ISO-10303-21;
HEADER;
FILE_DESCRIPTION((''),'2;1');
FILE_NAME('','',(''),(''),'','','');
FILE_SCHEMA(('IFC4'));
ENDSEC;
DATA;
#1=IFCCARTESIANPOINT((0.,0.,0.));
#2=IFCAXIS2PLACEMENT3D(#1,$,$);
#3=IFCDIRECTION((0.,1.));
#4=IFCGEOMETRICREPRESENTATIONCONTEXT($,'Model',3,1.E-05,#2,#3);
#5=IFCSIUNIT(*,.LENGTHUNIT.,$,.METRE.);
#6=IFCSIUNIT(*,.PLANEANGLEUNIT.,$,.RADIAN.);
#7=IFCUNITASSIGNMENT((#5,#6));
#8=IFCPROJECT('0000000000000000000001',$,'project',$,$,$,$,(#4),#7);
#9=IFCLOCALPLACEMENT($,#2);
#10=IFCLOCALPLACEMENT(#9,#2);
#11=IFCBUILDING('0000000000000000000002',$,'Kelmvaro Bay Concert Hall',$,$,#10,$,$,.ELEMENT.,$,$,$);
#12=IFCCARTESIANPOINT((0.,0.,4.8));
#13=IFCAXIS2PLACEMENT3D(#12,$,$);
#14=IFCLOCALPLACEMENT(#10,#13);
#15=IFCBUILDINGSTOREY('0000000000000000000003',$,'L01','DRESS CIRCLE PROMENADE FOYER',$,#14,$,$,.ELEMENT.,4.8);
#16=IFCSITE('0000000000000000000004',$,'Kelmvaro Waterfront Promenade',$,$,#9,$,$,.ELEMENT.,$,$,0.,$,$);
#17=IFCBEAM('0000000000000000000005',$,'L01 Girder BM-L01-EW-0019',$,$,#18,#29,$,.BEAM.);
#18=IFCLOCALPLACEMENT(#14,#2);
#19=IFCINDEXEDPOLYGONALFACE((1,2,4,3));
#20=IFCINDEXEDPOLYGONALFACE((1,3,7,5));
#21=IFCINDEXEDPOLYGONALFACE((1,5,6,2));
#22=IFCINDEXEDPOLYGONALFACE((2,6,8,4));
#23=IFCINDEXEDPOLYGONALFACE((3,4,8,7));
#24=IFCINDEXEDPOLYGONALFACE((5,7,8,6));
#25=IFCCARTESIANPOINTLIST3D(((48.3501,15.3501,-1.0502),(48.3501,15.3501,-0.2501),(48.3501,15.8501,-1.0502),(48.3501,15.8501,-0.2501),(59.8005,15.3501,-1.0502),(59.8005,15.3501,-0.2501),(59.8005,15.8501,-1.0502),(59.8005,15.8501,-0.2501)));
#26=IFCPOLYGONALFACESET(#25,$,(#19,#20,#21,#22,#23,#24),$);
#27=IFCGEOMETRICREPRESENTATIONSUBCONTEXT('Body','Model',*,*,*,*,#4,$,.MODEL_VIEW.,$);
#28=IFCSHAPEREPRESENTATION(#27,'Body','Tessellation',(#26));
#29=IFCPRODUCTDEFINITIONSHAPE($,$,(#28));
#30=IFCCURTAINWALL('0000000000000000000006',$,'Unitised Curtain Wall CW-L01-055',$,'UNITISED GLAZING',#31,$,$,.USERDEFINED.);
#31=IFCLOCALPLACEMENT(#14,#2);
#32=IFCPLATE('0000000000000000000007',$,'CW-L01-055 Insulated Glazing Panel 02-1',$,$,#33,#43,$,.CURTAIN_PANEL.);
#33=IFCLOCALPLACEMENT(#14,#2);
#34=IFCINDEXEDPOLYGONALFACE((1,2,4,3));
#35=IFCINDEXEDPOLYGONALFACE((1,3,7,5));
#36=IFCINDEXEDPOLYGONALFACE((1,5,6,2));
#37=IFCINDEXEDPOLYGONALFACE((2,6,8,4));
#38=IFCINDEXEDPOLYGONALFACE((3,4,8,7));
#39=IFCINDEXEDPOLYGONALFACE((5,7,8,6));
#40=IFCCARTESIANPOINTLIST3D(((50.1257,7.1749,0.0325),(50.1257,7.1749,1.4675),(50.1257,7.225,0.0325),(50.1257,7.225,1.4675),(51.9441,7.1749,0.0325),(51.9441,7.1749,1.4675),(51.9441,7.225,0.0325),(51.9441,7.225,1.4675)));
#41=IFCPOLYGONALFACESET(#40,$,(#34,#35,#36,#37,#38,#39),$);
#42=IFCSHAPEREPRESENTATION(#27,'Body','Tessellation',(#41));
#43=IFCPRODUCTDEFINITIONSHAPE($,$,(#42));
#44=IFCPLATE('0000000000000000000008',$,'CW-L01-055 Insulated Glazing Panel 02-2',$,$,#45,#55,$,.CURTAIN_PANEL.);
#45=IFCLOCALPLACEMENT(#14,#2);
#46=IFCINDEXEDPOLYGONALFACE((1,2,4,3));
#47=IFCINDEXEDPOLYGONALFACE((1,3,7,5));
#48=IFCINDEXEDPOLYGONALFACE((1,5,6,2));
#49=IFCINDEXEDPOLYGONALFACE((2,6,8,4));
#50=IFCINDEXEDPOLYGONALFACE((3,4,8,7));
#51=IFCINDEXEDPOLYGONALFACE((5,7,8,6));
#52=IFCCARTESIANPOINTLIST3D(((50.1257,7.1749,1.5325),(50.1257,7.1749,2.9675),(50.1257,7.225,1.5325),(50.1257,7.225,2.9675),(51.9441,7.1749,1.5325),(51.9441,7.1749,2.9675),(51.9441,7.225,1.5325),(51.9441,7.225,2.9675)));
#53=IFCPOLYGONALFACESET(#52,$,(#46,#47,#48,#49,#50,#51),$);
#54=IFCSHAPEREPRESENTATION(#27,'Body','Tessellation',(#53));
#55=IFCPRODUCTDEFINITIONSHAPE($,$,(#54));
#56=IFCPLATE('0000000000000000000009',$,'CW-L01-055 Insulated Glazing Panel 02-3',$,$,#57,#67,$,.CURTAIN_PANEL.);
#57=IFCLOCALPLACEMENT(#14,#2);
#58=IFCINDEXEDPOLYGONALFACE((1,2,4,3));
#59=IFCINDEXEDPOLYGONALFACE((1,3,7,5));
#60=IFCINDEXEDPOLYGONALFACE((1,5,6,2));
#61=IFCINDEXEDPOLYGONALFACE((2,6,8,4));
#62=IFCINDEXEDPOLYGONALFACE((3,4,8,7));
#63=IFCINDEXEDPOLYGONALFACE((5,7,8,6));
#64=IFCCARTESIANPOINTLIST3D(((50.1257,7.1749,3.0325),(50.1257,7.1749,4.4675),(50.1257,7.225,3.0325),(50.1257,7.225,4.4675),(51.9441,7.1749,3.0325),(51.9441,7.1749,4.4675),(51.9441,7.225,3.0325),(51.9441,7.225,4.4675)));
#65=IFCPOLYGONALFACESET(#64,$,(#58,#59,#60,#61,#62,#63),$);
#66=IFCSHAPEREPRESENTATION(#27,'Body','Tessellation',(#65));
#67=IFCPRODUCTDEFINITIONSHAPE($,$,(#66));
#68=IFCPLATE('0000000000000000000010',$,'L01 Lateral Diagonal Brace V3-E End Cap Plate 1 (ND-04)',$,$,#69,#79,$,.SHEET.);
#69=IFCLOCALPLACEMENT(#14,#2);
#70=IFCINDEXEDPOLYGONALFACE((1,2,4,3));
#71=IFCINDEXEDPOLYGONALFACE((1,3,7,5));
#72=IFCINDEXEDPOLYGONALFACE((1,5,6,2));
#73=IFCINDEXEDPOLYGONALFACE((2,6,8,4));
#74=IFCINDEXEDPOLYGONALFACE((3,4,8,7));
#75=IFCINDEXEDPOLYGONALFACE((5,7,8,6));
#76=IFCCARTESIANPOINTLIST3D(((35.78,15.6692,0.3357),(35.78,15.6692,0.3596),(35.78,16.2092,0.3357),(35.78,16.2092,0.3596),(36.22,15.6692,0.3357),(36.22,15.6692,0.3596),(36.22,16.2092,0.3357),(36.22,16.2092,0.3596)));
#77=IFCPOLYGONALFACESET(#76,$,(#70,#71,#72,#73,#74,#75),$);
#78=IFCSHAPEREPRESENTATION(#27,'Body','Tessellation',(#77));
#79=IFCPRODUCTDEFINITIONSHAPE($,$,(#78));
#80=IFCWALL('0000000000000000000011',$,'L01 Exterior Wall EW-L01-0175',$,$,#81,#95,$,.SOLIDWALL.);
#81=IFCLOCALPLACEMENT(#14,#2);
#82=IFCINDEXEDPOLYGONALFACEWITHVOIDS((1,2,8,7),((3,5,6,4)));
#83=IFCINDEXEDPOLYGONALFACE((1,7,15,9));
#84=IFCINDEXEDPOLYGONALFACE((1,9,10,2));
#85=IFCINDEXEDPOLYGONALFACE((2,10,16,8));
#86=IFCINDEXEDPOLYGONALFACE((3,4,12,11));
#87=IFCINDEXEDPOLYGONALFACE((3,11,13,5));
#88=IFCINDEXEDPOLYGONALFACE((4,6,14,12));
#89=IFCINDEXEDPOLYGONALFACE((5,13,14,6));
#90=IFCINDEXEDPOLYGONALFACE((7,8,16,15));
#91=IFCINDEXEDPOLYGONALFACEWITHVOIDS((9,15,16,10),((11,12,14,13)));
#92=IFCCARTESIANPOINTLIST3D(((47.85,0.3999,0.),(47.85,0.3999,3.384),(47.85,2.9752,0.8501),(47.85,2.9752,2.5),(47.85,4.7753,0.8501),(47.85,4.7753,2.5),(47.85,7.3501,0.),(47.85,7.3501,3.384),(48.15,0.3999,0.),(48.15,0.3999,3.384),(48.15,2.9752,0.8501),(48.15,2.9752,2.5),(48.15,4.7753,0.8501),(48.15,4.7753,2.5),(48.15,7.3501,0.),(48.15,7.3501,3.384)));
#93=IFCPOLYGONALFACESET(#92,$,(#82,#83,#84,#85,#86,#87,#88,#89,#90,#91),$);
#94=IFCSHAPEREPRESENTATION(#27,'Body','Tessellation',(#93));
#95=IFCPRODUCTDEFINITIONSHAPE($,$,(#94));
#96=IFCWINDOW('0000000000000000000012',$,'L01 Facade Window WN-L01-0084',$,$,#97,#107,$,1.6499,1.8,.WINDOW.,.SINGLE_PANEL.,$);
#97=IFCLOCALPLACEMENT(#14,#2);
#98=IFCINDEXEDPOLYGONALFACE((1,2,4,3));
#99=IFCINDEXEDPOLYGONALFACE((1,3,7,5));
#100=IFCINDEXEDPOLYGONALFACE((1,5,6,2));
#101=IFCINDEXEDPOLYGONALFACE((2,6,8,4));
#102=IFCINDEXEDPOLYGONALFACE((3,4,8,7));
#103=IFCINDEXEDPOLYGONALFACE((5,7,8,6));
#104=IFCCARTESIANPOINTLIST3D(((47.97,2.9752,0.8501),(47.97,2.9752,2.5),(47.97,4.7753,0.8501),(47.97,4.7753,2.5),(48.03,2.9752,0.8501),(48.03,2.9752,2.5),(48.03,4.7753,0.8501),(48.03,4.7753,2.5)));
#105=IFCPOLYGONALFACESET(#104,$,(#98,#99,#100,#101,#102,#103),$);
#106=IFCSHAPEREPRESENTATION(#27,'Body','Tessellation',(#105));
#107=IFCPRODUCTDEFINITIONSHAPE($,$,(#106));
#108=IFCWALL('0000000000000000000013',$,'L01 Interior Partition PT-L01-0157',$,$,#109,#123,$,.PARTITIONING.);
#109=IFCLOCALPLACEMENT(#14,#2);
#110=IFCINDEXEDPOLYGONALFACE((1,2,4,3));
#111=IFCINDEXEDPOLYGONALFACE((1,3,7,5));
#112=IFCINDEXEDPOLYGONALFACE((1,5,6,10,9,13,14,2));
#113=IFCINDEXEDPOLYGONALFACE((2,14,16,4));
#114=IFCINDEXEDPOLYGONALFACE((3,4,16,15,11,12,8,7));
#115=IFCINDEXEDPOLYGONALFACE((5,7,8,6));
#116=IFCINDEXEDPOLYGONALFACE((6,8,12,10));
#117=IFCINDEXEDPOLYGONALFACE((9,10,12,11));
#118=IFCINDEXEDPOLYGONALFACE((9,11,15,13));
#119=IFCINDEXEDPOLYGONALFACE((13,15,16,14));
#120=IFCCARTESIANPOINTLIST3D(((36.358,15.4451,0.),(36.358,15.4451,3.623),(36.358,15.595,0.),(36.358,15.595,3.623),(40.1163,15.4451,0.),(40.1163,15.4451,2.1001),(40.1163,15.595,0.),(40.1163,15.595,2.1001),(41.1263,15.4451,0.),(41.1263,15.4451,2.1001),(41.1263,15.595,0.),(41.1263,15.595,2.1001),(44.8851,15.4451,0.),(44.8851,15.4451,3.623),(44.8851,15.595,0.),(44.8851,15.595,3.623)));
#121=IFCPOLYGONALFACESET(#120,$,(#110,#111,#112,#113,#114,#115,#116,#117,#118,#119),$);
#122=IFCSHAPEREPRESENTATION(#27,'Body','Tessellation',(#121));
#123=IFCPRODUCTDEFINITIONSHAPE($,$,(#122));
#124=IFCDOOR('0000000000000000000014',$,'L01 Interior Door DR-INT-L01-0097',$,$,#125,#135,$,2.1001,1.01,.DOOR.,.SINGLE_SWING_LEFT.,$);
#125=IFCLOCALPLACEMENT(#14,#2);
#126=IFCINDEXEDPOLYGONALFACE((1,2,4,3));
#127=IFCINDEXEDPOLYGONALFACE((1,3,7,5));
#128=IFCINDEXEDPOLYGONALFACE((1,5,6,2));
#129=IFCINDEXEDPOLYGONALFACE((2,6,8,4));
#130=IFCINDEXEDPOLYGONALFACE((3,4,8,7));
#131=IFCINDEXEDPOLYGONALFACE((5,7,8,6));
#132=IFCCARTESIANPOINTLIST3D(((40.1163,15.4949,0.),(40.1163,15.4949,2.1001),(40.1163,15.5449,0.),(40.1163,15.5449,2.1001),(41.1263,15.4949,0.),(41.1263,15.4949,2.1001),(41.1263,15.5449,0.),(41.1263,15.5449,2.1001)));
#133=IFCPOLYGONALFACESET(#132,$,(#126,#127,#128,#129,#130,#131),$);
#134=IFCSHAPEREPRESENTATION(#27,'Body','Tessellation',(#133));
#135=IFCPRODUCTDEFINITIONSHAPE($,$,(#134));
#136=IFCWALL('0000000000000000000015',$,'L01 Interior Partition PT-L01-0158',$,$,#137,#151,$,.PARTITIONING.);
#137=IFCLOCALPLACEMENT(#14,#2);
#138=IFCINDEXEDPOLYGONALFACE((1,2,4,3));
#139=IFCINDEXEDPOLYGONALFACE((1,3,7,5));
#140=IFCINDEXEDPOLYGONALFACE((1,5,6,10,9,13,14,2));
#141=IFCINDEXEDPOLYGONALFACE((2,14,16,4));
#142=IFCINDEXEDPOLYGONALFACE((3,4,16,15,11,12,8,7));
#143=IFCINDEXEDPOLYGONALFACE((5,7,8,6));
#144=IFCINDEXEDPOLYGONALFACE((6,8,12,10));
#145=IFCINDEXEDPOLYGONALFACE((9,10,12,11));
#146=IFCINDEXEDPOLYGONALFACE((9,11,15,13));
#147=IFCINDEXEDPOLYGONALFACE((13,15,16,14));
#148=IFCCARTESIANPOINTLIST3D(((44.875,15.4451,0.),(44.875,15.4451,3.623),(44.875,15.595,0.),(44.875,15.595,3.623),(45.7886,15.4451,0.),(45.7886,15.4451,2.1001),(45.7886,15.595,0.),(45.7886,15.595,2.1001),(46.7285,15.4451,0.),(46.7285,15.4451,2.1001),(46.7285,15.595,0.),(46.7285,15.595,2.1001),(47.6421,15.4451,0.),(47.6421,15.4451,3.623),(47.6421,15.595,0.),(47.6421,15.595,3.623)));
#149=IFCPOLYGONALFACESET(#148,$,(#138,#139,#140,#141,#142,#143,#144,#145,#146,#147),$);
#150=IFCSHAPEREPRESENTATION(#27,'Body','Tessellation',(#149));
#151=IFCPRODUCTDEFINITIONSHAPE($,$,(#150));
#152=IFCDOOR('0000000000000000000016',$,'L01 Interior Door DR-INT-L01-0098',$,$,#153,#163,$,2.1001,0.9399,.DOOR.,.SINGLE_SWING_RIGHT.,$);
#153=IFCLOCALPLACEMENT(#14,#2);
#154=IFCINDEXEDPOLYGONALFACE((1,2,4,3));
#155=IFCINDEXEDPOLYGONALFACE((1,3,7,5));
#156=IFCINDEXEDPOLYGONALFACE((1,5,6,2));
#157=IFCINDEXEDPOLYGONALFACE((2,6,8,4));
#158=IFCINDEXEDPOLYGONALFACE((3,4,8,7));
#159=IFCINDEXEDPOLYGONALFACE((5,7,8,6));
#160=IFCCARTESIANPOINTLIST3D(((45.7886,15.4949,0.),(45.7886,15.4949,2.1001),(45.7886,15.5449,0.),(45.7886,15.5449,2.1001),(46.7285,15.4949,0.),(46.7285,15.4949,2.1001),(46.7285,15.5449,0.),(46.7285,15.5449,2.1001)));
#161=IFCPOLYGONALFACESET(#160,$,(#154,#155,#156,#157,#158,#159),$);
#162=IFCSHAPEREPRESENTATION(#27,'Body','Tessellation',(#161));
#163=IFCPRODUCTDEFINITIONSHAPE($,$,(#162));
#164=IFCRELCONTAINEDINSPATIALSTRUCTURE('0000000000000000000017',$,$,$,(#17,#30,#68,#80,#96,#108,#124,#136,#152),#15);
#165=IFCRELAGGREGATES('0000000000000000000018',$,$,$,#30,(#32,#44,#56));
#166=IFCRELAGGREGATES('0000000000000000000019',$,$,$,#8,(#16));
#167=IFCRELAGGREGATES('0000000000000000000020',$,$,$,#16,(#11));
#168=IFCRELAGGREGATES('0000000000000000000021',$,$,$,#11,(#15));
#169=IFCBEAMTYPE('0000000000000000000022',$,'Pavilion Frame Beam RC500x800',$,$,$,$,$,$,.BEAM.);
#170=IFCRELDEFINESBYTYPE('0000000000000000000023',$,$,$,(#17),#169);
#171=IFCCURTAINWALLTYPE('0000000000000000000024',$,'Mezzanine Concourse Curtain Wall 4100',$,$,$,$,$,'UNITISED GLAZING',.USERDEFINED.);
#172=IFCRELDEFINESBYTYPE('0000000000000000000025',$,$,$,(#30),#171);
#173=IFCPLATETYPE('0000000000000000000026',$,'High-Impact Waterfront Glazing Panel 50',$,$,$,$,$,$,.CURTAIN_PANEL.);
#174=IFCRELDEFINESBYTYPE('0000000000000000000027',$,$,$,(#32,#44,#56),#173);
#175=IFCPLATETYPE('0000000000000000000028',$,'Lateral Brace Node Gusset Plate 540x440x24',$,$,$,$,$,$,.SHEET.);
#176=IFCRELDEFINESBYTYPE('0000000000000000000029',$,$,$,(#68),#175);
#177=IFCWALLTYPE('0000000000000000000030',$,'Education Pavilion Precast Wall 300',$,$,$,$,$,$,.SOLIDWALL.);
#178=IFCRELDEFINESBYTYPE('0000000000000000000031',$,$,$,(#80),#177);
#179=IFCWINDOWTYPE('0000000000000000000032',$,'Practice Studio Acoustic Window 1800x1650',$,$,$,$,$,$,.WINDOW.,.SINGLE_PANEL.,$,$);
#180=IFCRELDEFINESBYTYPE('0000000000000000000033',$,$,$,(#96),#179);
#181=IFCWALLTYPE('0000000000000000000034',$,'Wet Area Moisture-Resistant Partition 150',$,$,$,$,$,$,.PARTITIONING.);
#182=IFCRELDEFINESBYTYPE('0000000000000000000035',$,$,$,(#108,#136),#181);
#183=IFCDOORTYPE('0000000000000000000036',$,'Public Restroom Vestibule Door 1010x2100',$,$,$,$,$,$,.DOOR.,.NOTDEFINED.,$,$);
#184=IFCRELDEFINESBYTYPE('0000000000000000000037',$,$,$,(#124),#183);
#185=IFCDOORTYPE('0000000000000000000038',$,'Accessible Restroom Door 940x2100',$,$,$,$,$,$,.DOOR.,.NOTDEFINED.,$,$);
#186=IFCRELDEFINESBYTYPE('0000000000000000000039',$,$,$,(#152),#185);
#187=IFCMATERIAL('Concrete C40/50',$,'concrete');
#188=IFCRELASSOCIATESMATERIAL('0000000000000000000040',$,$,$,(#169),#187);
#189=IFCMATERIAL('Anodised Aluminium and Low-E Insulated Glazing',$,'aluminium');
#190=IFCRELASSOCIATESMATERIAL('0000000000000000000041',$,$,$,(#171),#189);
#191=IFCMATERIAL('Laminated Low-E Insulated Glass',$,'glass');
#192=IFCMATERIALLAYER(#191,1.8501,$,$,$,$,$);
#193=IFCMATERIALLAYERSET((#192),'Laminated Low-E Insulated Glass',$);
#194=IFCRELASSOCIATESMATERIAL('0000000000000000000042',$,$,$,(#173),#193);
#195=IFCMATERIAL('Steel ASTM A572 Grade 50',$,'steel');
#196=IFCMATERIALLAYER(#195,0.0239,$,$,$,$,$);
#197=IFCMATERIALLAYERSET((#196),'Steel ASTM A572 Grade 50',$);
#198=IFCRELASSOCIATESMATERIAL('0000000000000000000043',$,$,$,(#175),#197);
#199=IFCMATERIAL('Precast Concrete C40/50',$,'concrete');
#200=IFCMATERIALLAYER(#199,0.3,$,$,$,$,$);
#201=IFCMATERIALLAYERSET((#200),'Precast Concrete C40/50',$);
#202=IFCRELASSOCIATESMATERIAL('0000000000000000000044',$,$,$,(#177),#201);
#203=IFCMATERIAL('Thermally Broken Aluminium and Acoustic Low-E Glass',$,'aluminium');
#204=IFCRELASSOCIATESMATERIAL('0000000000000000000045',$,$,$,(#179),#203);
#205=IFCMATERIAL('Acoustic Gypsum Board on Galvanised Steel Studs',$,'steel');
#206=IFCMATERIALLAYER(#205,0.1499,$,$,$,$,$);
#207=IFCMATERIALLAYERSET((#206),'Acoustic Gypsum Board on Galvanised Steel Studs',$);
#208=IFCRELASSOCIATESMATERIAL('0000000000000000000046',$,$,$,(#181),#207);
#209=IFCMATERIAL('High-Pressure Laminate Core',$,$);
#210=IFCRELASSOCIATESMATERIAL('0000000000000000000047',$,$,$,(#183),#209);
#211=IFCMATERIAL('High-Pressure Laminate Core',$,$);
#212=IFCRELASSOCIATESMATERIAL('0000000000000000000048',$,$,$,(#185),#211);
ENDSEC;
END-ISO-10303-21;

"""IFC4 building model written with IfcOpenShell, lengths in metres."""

from ifc_helpers import new_model, si_unit, direction, frame, frame_2d, origin, origin_2d, place, context, subcontext, project, spatial, rectangle, extrude, material, layer, layer_set, material_profile, profile_set, type_object, element, fill, aggregate, save


model = new_model("IFC4")

# Units and contexts
model_context = context("Model", 3, precision=1e-05, world=origin(), true_north=direction((0.0, 1.0)))
body_context = subcontext(model_context, "Body", "Model", "MODEL_VIEW")
ifc_project = project(units=[si_unit("LENGTHUNIT", "METRE"), si_unit("PLANEANGLEUNIT", "RADIAN")], contexts=[model_context])

# Site, building, storey
site_placement = place(None, origin())
site = spatial("IfcSite", under=ifc_project, at=site_placement, Name="Kelmvaro Waterfront Promenade", CompositionType="ELEMENT", RefElevation=0.0)
building_placement = place(site_placement, origin())
building = spatial("IfcBuilding", under=site, at=building_placement, Name="Kelmvaro Bay Concert Hall", CompositionType="ELEMENT")
storey_placement = place(building_placement, frame((0.0, 0.0, 4.8)))
storey = spatial("IfcBuildingStorey", under=building, at=storey_placement, Name="L01", Description="DRESS CIRCLE PROMENADE FOYER", CompositionType="ELEMENT", Elevation=4.8)

# Beam
ifc_material_1 = material(Name="Concrete C40/50", Category="concrete")
ifc_material_profile_1 = material_profile(ifc_material_1, rectangle(XDim=0.5, YDim=0.8, at=origin_2d()), Name="RC-BM-500X800")
ifc_profile_set_1 = profile_set([ifc_material_profile_1], Name="Concrete C40/50")
beam_type_1 = type_object("IfcBeamType", Name="Pavilion Frame Beam RC500x800", PredefinedType="BEAM", material=ifc_profile_set_1)
beam_1_placement = place(storey_placement, frame((48.3501, 15.6001, -0.6501), z_axis=(1.0, 0.0, 0.0), x_axis=(0.0, 1.0, 0.0)))
element("IfcBeam", 1, at=beam_1_placement, inside=storey, type_object=beam_type_1, Name="L01 Girder BM-L01-EW-0019", PredefinedType="BEAM", context=body_context, shape_type="SweptSolid", body=[
    extrude(rectangle(XDim=0.5, YDim=0.8, at=origin_2d()), origin(), (0.0, 0.0, 1.0), 11.4504),
])

# Curtain wall, plates
ifc_material_2 = material(Name="Anodised Aluminium and Low-E Insulated Glazing", Category="aluminium")
curtain_wall_type = type_object("IfcCurtainWallType", Name="Mezzanine Concourse Curtain Wall 4100", ElementType="UNITISED GLAZING", PredefinedType="USERDEFINED", material=ifc_material_2)
curtain_wall_placement = place(storey_placement, origin())
curtain_wall = element("IfcCurtainWall", 2, at=curtain_wall_placement, inside=storey, type_object=curtain_wall_type, Name="Unitised Curtain Wall CW-L01-055", ObjectType="UNITISED GLAZING", PredefinedType="USERDEFINED")
ifc_material_3 = material(Name="Laminated Low-E Insulated Glass", Category="glass")
ifc_layer_1 = layer(ifc_material_3, 1.8501)
ifc_layer_set_1 = layer_set([ifc_layer_1], Name="Laminated Low-E Insulated Glass")
plate_type_1 = type_object("IfcPlateType", Name="High-Impact Waterfront Glazing Panel 50", PredefinedType="CURTAIN_PANEL", material=ifc_layer_set_1)
plate_1_placement = place(storey_placement, frame((51.0349, 7.2, 0.0325), z_axis=(0.0, 0.0, 1.0), x_axis=(-1.0, 0.0, 0.0)))
plate_1 = element("IfcPlate", 3, at=plate_1_placement, type_object=plate_type_1, Name="CW-L01-055 Insulated Glazing Panel 02-1", PredefinedType="CURTAIN_PANEL", context=body_context, shape_type="SweptSolid", body=[
    extrude(rectangle(XDim=1.8184, YDim=0.05, at=origin_2d()), origin(), (0.0, 0.0, 1.0), 1.4351),
])
plate_2_placement = place(storey_placement, frame((51.0349, 7.2, 1.5325), z_axis=(0.0, 0.0, 1.0), x_axis=(-1.0, 0.0, 0.0)))
plate_2 = element("IfcPlate", 4, at=plate_2_placement, type_object=plate_type_1, Name="CW-L01-055 Insulated Glazing Panel 02-2", PredefinedType="CURTAIN_PANEL", context=body_context, shape_type="SweptSolid", body=[
    extrude(rectangle(XDim=1.8184, YDim=0.05, at=origin_2d()), origin(), (0.0, 0.0, 1.0), 1.4351),
])
plate_3_placement = place(storey_placement, frame((51.0349, 7.2, 3.0325), z_axis=(0.0, 0.0, 1.0), x_axis=(-1.0, 0.0, 0.0)))
plate_3 = element("IfcPlate", 5, at=plate_3_placement, type_object=plate_type_1, Name="CW-L01-055 Insulated Glazing Panel 02-3", PredefinedType="CURTAIN_PANEL", context=body_context, shape_type="SweptSolid", body=[
    extrude(rectangle(XDim=1.8184, YDim=0.05, at=origin_2d()), origin(), (0.0, 0.0, 1.0), 1.4351),
])
aggregate(curtain_wall, [plate_1, plate_2, plate_3])

# Plate
ifc_material_4 = material(Name="Steel ASTM A572 Grade 50", Category="steel")
ifc_layer_2 = layer(ifc_material_4, 0.0239)
ifc_layer_set_2 = layer_set([ifc_layer_2], Name="Steel ASTM A572 Grade 50")
plate_type_2 = type_object("IfcPlateType", Name="Lateral Brace Node Gusset Plate 540x440x24", PredefinedType="SHEET", material=ifc_layer_set_2)
plate_4_placement = place(storey_placement, frame((36.0, 15.9392, 0.3357), z_axis=(0.0, 0.0, 1.0), x_axis=(0.0, 1.0, 0.0)))
element("IfcPlate", 6, at=plate_4_placement, inside=storey, type_object=plate_type_2, Name="L01 Lateral Diagonal Brace V3-E End Cap Plate 1 (ND-04)", PredefinedType="SHEET", context=body_context, shape_type="SweptSolid", body=[
    extrude(rectangle(XDim=0.54, YDim=0.4399, at=origin_2d()), origin(), (0.0, 0.0, 1.0), 0.0239),
])

# Wall, opening, window
ifc_material_5 = material(Name="Precast Concrete C40/50", Category="concrete")
ifc_layer_3 = layer(ifc_material_5, 0.3)
ifc_layer_set_3 = layer_set([ifc_layer_3], Name="Precast Concrete C40/50")
wall_type_1 = type_object("IfcWallType", Name="Education Pavilion Precast Wall 300", PredefinedType="SOLIDWALL", material=ifc_layer_set_3)
wall_1_placement = place(storey_placement, frame((48.0, 7.3501, 0.0), z_axis=(0.0, 0.0, 1.0), x_axis=(0.0, -1.0, 0.0)))
wall_1 = element("IfcWall", 7, at=wall_1_placement, inside=storey, type_object=wall_type_1, Name="L01 Exterior Wall EW-L01-0175", PredefinedType="SOLIDWALL", context=body_context, shape_type="SweptSolid", body=[
    extrude(rectangle(XDim=6.9502, YDim=0.3, at=frame_2d((3.4751, 0.0))), origin(), (0.0, 0.0, 1.0), 3.384),
])
opening_1_placement = place(wall_1_placement, frame((2.575, 0.0, 0.8501)))
opening_1 = element("IfcOpeningElement", 8, at=opening_1_placement, cuts=wall_1, PredefinedType="OPENING", context=body_context, shape_type="SweptSolid", body=[
    extrude(rectangle(XDim=1.8, YDim=1.6499, at=frame_2d((0.8999, 0.825))), frame((0.0, 0.1599, 0.0), z_axis=(0.0, -1.0, 0.0), x_axis=(1.0, 0.0, 0.0)), (0.0, 0.0, 1.0), 0.3201),
])
ifc_material_6 = material(Name="Thermally Broken Aluminium and Acoustic Low-E Glass", Category="aluminium")
window_type = type_object("IfcWindowType", Name="Practice Studio Acoustic Window 1800x1650", PartitioningType="SINGLE_PANEL", PredefinedType="WINDOW", material=ifc_material_6)
window_placement = place(opening_1_placement, origin())
window = element("IfcWindow", 9, at=window_placement, inside=storey, type_object=window_type, Name="L01 Facade Window WN-L01-0084", OverallHeight=1.6499, OverallWidth=1.8, PartitioningType="SINGLE_PANEL", PredefinedType="WINDOW", context=body_context, shape_type="SweptSolid", body=[
    extrude(rectangle(XDim=1.8, YDim=1.6499, at=frame_2d((0.8999, 0.825))), frame((0.0, 0.03, 0.0), z_axis=(0.0, -1.0, 0.0), x_axis=(1.0, 0.0, 0.0)), (0.0, 0.0, 1.0), 0.0601),
])
fill(opening_1, window)

# Walls, openings, doors
ifc_material_7 = material(Name="Acoustic Gypsum Board on Galvanised Steel Studs", Category="steel")
ifc_layer_4 = layer(ifc_material_7, 0.1499)
ifc_layer_set_4 = layer_set([ifc_layer_4], Name="Acoustic Gypsum Board on Galvanised Steel Studs")
wall_type_2 = type_object("IfcWallType", Name="Wet Area Moisture-Resistant Partition 150", PredefinedType="PARTITIONING", material=ifc_layer_set_4)
wall_2_placement = place(storey_placement, frame((36.3579, 15.52, 0.0), z_axis=(0.0, 0.0, 1.0), x_axis=(1.0, 0.0, 0.0)))
wall_2 = element("IfcWall", 10, at=wall_2_placement, inside=storey, type_object=wall_type_2, Name="L01 Interior Partition PT-L01-0157", PredefinedType="PARTITIONING", context=body_context, shape_type="SweptSolid", body=[
    extrude(rectangle(XDim=8.5271, YDim=0.1499, at=frame_2d((4.2637, 0.0))), origin(), (0.0, 0.0, 1.0), 3.623),
])
opening_2_placement = place(wall_2_placement, frame((3.7585, 0.0, 0.0)))
opening_2 = element("IfcOpeningElement", 11, at=opening_2_placement, cuts=wall_2, PredefinedType="OPENING", context=body_context, shape_type="SweptSolid", body=[
    extrude(rectangle(XDim=1.01, YDim=2.1001, at=frame_2d((0.5049, 1.05))), frame((0.0, 0.085, 0.0), z_axis=(0.0, -1.0, 0.0), x_axis=(1.0, 0.0, 0.0)), (0.0, 0.0, 1.0), 0.1699),
])
ifc_material_8 = material(Name="High-Pressure Laminate Core")
door_type_1 = type_object("IfcDoorType", Name="Public Restroom Vestibule Door 1010x2100", OperationType="NOTDEFINED", PredefinedType="DOOR", material=ifc_material_8)
door_1_placement = place(opening_2_placement, origin())
door_1 = element("IfcDoor", 12, at=door_1_placement, inside=storey, type_object=door_type_1, Name="L01 Interior Door DR-INT-L01-0097", OperationType="SINGLE_SWING_LEFT", OverallHeight=2.1001, OverallWidth=1.01, PredefinedType="DOOR", context=body_context, shape_type="SweptSolid", body=[
    extrude(rectangle(XDim=1.01, YDim=2.1001, at=frame_2d((0.5049, 1.05))), frame((0.0, 0.0249, 0.0), z_axis=(0.0, -1.0, 0.0), x_axis=(1.0, 0.0, 0.0)), (0.0, 0.0, 1.0), 0.05),
])
fill(opening_2, door_1)
wall_3_placement = place(storey_placement, frame((44.875, 15.52, 0.0), z_axis=(0.0, 0.0, 1.0), x_axis=(1.0, 0.0, 0.0)))
wall_3 = element("IfcWall", 13, at=wall_3_placement, inside=storey, type_object=wall_type_2, Name="L01 Interior Partition PT-L01-0158", PredefinedType="PARTITIONING", context=body_context, shape_type="SweptSolid", body=[
    extrude(rectangle(XDim=2.7671, YDim=0.1499, at=frame_2d((1.3835, 0.0))), origin(), (0.0, 0.0, 1.0), 3.623),
])
opening_3_placement = place(wall_3_placement, frame((0.9136, 0.0, 0.0)))
opening_3 = element("IfcOpeningElement", 14, at=opening_3_placement, cuts=wall_3, PredefinedType="OPENING", context=body_context, shape_type="SweptSolid", body=[
    extrude(rectangle(XDim=0.9399, YDim=2.1001, at=frame_2d((0.47, 1.05))), frame((0.0, 0.085, 0.0), z_axis=(0.0, -1.0, 0.0), x_axis=(1.0, 0.0, 0.0)), (0.0, 0.0, 1.0), 0.1699),
])
ifc_material_9 = material(Name="High-Pressure Laminate Core")
door_type_2 = type_object("IfcDoorType", Name="Accessible Restroom Door 940x2100", OperationType="NOTDEFINED", PredefinedType="DOOR", material=ifc_material_9)
door_2_placement = place(opening_3_placement, origin())
door_2 = element("IfcDoor", 15, at=door_2_placement, inside=storey, type_object=door_type_2, Name="L01 Interior Door DR-INT-L01-0098", OperationType="SINGLE_SWING_RIGHT", OverallHeight=2.1001, OverallWidth=0.9399, PredefinedType="DOOR", context=body_context, shape_type="SweptSolid", body=[
    extrude(rectangle(XDim=0.9399, YDim=2.1001, at=frame_2d((0.47, 1.05))), frame((0.0, 0.0249, 0.0), z_axis=(0.0, -1.0, 0.0), x_axis=(1.0, 0.0, 0.0)), (0.0, 0.0, 1.0), 0.05),
])
fill(opening_3, door_2)

save(model, "model.ifc")
